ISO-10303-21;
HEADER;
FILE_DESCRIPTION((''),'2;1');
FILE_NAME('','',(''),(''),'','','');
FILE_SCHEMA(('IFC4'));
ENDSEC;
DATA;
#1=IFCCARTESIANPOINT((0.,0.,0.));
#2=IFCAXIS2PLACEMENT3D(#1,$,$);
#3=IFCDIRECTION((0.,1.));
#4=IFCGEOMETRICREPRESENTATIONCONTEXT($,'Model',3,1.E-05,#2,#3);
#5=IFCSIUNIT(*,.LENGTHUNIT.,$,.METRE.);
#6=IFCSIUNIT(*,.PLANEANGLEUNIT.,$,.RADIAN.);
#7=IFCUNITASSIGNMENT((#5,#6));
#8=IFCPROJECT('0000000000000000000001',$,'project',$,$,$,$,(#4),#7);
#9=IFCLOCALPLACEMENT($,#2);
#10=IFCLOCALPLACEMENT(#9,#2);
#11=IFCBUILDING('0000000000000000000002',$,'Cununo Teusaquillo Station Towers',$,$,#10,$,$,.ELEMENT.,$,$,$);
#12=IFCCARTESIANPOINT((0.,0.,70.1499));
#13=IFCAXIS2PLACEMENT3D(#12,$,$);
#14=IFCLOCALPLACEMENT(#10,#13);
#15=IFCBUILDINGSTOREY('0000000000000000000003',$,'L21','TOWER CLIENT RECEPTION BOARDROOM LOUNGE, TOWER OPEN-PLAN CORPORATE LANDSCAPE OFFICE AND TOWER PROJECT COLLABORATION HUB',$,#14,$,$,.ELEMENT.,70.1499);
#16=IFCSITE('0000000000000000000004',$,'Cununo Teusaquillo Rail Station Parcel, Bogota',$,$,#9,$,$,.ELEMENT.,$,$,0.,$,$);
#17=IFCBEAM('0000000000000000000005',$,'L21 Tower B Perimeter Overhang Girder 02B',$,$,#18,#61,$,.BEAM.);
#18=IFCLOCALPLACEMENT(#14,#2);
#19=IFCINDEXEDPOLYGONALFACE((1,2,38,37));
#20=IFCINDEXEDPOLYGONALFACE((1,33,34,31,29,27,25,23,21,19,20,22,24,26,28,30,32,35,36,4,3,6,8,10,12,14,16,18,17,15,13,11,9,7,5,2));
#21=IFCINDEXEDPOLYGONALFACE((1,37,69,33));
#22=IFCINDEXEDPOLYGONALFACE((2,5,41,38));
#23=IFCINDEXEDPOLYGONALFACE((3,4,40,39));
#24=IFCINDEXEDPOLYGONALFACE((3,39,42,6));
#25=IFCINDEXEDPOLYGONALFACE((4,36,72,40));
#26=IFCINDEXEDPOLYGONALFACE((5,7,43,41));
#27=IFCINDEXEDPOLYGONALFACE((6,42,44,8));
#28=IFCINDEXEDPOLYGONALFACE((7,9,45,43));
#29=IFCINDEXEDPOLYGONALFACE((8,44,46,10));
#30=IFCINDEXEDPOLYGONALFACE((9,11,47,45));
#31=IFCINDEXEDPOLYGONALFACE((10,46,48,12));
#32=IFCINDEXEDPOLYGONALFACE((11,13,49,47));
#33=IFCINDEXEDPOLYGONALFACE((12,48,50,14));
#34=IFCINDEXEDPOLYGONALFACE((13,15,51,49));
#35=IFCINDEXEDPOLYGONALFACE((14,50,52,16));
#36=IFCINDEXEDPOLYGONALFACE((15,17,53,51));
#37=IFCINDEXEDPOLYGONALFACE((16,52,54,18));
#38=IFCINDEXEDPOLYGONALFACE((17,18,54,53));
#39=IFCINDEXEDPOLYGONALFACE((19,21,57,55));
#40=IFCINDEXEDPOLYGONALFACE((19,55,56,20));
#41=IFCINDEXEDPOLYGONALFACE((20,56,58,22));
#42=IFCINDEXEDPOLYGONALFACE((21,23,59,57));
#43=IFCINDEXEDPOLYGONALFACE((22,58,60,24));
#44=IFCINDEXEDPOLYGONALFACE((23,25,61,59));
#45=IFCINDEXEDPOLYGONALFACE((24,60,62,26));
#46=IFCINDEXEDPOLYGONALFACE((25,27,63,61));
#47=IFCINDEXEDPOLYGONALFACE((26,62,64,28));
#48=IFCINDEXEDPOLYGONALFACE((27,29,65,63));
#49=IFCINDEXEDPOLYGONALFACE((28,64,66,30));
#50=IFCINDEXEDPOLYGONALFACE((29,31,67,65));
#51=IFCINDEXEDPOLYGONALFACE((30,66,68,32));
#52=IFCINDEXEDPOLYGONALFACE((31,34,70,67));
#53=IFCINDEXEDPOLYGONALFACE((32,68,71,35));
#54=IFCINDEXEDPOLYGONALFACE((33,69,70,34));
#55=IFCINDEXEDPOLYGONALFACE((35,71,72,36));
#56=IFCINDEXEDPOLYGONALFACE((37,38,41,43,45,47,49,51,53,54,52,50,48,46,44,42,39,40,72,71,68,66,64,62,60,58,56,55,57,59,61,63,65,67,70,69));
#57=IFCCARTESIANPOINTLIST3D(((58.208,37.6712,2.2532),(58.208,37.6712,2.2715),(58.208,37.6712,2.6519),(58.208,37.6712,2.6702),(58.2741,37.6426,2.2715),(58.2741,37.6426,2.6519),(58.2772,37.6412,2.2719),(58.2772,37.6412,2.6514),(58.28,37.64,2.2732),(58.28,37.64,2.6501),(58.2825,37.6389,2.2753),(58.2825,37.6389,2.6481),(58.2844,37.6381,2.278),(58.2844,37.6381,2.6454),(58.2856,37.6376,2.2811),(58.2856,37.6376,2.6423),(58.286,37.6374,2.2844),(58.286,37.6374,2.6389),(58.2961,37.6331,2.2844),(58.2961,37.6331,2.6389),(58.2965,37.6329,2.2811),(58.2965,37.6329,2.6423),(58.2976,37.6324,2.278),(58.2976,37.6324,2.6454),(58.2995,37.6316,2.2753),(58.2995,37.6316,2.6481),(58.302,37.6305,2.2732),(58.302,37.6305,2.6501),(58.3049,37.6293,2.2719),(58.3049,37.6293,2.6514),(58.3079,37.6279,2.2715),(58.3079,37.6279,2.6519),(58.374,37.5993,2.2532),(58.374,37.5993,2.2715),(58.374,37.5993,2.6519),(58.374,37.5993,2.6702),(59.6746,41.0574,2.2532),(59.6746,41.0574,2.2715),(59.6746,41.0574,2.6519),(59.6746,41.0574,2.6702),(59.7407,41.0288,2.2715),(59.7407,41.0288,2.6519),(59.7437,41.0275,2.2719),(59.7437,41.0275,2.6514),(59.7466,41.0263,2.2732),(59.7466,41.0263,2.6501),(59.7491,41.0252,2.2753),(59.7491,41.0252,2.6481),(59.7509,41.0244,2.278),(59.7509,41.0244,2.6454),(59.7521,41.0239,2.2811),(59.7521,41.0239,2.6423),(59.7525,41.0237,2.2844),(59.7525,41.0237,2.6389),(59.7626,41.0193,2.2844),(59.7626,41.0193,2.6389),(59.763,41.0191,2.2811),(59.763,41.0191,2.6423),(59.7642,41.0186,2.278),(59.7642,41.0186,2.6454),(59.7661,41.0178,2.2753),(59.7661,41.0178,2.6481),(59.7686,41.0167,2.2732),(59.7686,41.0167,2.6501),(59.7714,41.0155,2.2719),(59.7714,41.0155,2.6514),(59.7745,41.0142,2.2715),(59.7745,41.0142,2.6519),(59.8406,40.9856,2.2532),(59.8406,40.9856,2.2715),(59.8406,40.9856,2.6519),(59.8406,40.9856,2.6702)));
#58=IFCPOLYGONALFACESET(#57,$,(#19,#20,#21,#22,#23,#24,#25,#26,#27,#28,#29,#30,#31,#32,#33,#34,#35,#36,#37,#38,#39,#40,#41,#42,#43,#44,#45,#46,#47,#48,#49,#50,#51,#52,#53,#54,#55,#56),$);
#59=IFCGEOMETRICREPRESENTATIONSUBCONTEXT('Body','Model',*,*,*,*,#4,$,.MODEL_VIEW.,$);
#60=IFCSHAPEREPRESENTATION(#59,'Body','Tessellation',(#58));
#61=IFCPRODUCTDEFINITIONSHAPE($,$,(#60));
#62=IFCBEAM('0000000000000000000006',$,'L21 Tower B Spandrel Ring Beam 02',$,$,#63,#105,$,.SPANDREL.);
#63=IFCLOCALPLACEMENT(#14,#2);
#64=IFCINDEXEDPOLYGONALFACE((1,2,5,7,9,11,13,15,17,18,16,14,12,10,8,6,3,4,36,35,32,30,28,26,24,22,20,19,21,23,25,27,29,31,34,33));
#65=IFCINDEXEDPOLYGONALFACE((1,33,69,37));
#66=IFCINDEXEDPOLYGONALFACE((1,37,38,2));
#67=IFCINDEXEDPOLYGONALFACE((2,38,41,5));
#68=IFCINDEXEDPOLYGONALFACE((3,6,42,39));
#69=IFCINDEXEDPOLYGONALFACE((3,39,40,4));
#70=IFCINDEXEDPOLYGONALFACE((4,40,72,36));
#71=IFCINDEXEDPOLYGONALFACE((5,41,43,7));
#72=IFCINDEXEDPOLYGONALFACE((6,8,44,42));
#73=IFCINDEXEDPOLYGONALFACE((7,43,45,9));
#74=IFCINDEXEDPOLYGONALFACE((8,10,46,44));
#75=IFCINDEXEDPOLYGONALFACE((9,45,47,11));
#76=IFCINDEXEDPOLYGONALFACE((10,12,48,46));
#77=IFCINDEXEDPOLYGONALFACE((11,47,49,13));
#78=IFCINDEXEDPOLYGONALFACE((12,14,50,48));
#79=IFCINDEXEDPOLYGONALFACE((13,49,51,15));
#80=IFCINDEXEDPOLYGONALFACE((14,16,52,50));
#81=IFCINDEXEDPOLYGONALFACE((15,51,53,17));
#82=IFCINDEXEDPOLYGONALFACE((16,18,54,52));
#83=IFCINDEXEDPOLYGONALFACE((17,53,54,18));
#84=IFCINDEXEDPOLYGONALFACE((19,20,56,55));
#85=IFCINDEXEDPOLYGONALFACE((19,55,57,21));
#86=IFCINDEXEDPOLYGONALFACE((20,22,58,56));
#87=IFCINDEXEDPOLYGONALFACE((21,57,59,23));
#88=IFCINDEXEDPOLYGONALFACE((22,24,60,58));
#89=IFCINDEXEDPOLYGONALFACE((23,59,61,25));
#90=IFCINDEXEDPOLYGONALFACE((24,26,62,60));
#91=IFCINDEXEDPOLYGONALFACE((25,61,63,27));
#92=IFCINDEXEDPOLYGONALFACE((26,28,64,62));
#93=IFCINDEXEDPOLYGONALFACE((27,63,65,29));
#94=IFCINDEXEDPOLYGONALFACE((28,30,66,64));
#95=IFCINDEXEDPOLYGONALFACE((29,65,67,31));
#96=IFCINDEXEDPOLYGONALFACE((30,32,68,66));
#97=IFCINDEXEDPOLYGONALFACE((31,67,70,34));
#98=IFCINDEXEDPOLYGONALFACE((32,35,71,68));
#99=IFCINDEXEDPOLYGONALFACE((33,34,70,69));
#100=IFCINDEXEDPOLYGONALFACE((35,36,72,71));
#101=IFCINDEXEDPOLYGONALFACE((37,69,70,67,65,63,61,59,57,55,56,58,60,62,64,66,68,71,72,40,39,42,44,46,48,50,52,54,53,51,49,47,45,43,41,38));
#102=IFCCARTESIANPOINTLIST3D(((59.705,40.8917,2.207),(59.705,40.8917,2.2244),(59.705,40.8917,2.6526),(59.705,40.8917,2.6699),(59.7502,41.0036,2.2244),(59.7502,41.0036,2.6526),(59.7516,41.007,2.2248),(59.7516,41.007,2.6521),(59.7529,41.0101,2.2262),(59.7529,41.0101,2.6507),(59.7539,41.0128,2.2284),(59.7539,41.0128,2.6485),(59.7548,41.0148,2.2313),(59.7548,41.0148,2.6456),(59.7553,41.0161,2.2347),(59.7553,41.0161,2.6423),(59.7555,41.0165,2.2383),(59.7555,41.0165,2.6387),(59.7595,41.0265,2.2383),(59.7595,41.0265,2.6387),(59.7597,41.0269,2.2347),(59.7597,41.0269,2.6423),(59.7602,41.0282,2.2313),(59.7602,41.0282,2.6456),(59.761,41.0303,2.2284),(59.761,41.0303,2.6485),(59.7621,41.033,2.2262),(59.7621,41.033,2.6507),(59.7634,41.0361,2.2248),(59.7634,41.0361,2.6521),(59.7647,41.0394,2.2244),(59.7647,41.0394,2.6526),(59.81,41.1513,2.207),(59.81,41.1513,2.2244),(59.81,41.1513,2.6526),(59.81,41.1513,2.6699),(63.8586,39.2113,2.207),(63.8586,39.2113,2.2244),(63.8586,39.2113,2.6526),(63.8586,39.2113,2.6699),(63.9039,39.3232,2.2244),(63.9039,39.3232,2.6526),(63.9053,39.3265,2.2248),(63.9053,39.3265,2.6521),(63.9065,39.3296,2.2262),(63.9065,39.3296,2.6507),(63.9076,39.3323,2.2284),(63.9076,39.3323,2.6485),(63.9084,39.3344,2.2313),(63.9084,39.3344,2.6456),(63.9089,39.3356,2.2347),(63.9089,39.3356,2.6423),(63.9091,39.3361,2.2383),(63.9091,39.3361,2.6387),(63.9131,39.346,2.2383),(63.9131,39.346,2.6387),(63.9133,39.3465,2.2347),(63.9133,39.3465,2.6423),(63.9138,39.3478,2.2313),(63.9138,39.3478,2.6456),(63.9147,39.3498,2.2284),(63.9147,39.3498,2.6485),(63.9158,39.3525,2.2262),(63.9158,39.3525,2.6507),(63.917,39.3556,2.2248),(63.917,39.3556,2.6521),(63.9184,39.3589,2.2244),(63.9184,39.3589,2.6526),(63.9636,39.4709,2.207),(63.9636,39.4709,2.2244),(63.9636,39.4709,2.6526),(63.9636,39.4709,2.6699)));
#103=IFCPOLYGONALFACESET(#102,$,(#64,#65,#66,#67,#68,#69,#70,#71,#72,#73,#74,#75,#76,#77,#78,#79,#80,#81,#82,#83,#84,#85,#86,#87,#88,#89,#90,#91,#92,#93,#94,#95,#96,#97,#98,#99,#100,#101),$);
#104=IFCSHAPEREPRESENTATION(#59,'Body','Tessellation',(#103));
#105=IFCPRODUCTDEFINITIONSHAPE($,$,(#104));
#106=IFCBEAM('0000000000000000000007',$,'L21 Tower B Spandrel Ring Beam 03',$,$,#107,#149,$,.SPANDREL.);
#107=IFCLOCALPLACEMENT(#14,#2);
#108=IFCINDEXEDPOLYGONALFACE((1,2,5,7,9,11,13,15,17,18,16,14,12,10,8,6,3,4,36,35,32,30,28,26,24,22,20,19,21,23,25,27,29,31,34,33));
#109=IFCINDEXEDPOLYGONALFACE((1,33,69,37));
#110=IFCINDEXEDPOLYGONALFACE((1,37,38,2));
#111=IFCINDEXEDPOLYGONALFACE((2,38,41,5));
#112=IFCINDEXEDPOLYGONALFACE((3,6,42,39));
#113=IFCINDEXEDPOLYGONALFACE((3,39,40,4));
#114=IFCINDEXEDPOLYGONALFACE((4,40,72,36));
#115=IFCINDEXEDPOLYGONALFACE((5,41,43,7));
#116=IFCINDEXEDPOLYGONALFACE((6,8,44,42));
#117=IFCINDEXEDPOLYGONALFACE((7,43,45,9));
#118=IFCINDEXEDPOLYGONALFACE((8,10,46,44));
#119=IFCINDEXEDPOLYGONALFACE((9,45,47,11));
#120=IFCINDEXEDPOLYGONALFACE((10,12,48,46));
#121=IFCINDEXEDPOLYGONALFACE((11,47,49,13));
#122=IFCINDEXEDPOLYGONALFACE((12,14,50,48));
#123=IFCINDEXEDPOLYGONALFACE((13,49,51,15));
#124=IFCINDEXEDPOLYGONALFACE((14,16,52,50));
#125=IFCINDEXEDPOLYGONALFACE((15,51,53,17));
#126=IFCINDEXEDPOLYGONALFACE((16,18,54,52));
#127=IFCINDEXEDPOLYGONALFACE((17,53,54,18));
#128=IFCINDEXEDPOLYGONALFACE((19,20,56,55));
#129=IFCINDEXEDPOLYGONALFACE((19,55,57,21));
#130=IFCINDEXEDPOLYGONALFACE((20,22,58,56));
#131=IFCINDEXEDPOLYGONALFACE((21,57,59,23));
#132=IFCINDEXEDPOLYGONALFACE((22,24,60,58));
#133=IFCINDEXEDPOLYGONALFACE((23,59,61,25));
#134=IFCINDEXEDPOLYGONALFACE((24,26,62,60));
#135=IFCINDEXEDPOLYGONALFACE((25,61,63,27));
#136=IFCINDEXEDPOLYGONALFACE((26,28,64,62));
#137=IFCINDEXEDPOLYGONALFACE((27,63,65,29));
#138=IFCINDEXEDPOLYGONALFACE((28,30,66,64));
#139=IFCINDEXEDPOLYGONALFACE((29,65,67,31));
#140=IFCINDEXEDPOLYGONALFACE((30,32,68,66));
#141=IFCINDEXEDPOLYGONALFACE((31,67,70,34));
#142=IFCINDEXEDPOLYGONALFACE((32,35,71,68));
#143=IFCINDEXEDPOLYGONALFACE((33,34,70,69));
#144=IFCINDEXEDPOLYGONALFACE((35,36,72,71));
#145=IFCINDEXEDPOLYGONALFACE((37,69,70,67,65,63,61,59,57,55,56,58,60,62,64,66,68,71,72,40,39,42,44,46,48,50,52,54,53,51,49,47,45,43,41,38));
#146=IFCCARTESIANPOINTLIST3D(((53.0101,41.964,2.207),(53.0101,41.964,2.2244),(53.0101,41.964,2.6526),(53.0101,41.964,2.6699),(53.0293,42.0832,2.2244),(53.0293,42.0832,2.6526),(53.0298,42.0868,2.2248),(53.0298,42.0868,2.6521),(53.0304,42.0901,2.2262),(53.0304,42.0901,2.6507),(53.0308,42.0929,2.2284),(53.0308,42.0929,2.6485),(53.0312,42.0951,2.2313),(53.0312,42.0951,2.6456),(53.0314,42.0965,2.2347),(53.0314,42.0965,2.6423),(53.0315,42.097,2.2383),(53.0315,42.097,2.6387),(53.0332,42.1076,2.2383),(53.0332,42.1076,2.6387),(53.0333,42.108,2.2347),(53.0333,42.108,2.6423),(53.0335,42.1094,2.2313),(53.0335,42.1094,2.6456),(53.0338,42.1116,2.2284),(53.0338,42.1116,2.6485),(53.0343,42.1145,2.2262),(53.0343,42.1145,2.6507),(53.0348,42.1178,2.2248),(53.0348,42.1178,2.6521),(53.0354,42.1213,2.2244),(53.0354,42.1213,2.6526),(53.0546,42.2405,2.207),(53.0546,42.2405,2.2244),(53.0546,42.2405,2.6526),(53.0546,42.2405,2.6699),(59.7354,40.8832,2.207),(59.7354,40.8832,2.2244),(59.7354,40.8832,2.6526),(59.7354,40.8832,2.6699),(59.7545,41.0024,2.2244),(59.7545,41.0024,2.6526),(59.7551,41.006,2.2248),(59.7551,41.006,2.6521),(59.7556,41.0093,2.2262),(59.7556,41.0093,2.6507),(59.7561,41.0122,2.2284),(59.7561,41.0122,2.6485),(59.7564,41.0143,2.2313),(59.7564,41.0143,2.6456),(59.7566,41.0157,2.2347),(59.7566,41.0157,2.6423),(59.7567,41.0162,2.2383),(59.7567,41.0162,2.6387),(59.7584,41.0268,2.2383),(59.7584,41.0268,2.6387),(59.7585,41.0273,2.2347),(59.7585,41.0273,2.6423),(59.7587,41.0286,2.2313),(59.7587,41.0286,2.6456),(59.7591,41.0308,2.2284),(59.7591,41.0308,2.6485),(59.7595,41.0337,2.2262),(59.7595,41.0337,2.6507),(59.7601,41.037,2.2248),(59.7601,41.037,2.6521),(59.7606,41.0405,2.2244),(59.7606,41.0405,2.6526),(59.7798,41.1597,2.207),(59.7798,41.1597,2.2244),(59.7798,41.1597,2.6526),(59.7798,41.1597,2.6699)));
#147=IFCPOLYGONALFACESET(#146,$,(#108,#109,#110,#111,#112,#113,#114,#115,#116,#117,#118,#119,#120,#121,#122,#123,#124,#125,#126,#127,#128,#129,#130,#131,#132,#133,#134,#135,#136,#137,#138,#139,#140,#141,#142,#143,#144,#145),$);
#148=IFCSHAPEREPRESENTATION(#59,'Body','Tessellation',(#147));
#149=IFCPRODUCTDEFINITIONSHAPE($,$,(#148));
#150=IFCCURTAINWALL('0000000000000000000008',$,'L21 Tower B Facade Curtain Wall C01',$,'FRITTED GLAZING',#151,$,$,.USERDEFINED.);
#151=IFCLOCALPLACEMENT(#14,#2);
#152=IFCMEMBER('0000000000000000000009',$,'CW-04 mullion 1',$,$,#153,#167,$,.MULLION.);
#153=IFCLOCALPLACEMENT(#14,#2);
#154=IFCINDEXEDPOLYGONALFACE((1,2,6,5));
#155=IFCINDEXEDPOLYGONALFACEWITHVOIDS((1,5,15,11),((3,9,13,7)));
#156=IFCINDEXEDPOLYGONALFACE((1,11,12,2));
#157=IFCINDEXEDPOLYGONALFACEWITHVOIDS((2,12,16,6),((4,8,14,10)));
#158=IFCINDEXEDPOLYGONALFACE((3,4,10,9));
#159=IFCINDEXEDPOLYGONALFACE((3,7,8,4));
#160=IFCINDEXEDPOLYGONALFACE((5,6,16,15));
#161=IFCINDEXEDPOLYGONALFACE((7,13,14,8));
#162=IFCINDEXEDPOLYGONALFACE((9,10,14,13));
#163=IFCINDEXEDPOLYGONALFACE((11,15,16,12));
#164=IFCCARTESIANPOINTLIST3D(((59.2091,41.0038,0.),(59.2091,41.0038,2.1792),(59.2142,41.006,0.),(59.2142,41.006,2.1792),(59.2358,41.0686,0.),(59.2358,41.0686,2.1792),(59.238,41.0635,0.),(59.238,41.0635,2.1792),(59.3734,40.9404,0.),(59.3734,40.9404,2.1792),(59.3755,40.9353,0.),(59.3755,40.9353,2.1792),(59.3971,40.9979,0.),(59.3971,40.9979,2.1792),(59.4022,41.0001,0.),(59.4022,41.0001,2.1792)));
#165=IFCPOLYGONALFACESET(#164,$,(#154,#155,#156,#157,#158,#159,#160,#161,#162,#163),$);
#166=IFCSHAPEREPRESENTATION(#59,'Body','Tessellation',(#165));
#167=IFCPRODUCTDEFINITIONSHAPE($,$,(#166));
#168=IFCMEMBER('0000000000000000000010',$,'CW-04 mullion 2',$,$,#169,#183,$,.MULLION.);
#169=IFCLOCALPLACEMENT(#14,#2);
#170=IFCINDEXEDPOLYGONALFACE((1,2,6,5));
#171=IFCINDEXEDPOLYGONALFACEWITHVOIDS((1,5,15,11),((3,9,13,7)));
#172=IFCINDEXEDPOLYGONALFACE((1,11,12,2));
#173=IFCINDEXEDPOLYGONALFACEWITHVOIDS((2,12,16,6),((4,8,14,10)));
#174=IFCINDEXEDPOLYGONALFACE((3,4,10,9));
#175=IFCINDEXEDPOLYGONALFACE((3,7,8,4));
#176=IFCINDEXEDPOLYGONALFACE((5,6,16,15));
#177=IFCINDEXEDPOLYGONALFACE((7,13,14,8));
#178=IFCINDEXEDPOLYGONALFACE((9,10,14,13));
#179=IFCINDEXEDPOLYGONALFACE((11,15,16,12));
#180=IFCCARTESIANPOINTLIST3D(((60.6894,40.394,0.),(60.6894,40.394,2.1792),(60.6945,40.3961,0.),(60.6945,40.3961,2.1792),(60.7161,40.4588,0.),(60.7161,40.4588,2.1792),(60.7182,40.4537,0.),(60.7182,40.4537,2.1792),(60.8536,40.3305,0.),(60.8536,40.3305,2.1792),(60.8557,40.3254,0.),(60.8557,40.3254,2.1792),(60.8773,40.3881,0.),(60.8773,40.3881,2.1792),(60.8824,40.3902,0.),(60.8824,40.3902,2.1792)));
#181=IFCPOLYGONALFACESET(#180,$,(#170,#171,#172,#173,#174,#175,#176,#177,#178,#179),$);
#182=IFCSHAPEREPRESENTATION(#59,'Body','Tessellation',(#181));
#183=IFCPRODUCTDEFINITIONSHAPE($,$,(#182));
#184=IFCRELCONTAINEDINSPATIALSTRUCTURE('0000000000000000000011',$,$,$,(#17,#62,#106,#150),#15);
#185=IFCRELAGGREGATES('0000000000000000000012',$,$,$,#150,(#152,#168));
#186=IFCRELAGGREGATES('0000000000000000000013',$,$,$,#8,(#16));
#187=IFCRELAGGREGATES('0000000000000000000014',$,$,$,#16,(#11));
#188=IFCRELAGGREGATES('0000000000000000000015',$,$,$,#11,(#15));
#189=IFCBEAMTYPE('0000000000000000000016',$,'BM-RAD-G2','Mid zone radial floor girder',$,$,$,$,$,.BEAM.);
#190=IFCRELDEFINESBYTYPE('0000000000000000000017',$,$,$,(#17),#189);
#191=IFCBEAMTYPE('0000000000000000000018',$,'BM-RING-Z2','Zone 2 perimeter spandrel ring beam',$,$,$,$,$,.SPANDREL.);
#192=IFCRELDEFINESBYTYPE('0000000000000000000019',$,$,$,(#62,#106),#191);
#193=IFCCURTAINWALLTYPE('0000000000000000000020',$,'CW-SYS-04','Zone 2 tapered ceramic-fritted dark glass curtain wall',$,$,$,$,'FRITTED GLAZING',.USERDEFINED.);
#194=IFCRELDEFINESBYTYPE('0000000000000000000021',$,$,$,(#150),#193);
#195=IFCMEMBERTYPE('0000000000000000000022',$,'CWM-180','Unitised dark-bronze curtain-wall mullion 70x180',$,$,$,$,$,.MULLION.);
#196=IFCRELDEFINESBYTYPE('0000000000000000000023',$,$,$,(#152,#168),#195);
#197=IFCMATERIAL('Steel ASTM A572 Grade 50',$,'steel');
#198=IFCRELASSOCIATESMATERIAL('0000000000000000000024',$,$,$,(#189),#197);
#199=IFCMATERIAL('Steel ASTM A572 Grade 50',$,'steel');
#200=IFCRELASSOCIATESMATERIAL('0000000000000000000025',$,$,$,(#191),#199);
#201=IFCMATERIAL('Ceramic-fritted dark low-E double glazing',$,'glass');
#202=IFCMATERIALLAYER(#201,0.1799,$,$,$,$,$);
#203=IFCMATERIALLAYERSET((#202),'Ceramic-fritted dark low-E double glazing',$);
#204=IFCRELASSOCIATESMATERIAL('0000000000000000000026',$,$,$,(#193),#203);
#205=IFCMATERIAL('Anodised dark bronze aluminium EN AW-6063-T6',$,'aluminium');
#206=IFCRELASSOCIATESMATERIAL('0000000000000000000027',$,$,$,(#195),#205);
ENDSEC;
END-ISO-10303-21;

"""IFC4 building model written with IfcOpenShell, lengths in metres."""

from ifc_helpers import new_model, si_unit, direction, frame, origin, origin_2d, place, context, subcontext, project, spatial, hollow_rectangle, i_section, extrude, material, layer, layer_set, material_profile, profile_set, type_object, element, aggregate, save


model = new_model("IFC4")

# Units and contexts
model_context = context("Model", 3, precision=1e-05, world=origin(), true_north=direction((0.0, 1.0)))
body_context = subcontext(model_context, "Body", "Model", "MODEL_VIEW")
ifc_project = project(units=[si_unit("LENGTHUNIT", "METRE"), si_unit("PLANEANGLEUNIT", "RADIAN")], contexts=[model_context])

# Site, building, storey
site_placement = place(None, origin())
site = spatial("IfcSite", under=ifc_project, at=site_placement, Name="Cununo Teusaquillo Rail Station Parcel, Bogota", CompositionType="ELEMENT", RefElevation=0.0)
building_placement = place(site_placement, origin())
building = spatial("IfcBuilding", under=site, at=building_placement, Name="Cununo Teusaquillo Station Towers", CompositionType="ELEMENT")
storey_placement = place(building_placement, frame((0.0, 0.0, 70.1499)))
storey = spatial("IfcBuildingStorey", under=building, at=storey_placement, Name="L21", Description="TOWER CLIENT RECEPTION BOARDROOM LOUNGE, TOWER OPEN-PLAN CORPORATE LANDSCAPE OFFICE AND TOWER PROJECT COLLABORATION HUB", CompositionType="ELEMENT", Elevation=70.1499)

# Beams
ifc_material_1 = material(Name="Steel ASTM A572 Grade 50", Category="steel")
ifc_material_profile_1 = material_profile(ifc_material_1, i_section(OverallWidth=0.1809, OverallDepth=0.417, WebThickness=0.011, FlangeThickness=0.0183, FilletRadius=0.0129, at=origin_2d()), Name="W16X57")
ifc_profile_set_1 = profile_set([ifc_material_profile_1], Name="Steel ASTM A572 Grade 50")
beam_type_1 = type_object("IfcBeamType", Name="BM-RAD-G2", Description="Mid zone radial floor girder", PredefinedType="BEAM", material=ifc_profile_set_1)
beam_1_placement = place(storey_placement, frame((58.291, 37.6353, 2.4617), z_axis=(0.397422, 0.917636, 0.0), x_axis=(-0.917636, 0.397422, 0.0)))
element("IfcBeam", 1, at=beam_1_placement, inside=storey, type_object=beam_type_1, Name="L21 Tower B Perimeter Overhang Girder 02B", PredefinedType="BEAM", context=body_context, shape_type="SweptSolid", body=[
    extrude(i_section(OverallWidth=0.1809, OverallDepth=0.417, WebThickness=0.011, FlangeThickness=0.0183, FilletRadius=0.0129, at=origin_2d()), origin(), (0.0, 0.0, 1.0), 3.6902),
])
ifc_material_2 = material(Name="Steel ASTM A572 Grade 50", Category="steel")
ifc_material_profile_2 = material_profile(ifc_material_2, i_section(OverallWidth=0.28, OverallDepth=0.4629, WebThickness=0.0107, FlangeThickness=0.0173, FilletRadius=0.0139, at=origin_2d()), Name="W18X76")
ifc_profile_set_2 = profile_set([ifc_material_profile_2], Name="Steel ASTM A572 Grade 50")
beam_type_2 = type_object("IfcBeamType", Name="BM-RING-Z2", Description="Zone 2 perimeter spandrel ring beam", PredefinedType="SPANDREL", material=ifc_profile_set_2)
beam_2_placement = place(storey_placement, frame((63.9111, 39.3411, 2.4385), z_axis=(-0.927008, 0.375042, 0.0), x_axis=(-0.375042, -0.927008, 0.0)))
element("IfcBeam", 2, at=beam_2_placement, inside=storey, type_object=beam_type_2, Name="L21 Tower B Spandrel Ring Beam 02", PredefinedType="SPANDREL", context=body_context, shape_type="SweptSolid", body=[
    extrude(i_section(OverallWidth=0.28, OverallDepth=0.4629, WebThickness=0.0107, FlangeThickness=0.0173, FilletRadius=0.0139, at=origin_2d()), origin(), (0.0, 0.0, 1.0), 4.4807),
])
beam_3_placement = place(storey_placement, frame((59.7576, 41.0215, 2.4385), z_axis=(-0.987331, 0.158671, 0.0), x_axis=(-0.158671, -0.987331, 0.0)))
element("IfcBeam", 3, at=beam_3_placement, inside=storey, type_object=beam_type_2, Name="L21 Tower B Spandrel Ring Beam 03", PredefinedType="SPANDREL", context=body_context, shape_type="SweptSolid", body=[
    extrude(i_section(OverallWidth=0.28, OverallDepth=0.4629, WebThickness=0.0107, FlangeThickness=0.0173, FilletRadius=0.0139, at=origin_2d()), origin(), (0.0, 0.0, 1.0), 6.8115),
])

# Curtain wall, members
ifc_material_3 = material(Name="Ceramic-fritted dark low-E double glazing", Category="glass")
ifc_layer_1 = layer(ifc_material_3, 0.1799)
ifc_layer_set_1 = layer_set([ifc_layer_1], Name="Ceramic-fritted dark low-E double glazing")
curtain_wall_type = type_object("IfcCurtainWallType", Name="CW-SYS-04", Description="Zone 2 tapered ceramic-fritted dark glass curtain wall", ElementType="FRITTED GLAZING", PredefinedType="USERDEFINED", material=ifc_layer_set_1)
curtain_wall_placement = place(storey_placement, origin())
curtain_wall = element("IfcCurtainWall", 4, at=curtain_wall_placement, inside=storey, type_object=curtain_wall_type, Name="L21 Tower B Facade Curtain Wall C01", ObjectType="FRITTED GLAZING", PredefinedType="USERDEFINED")
ifc_material_4 = material(Name="Anodised dark bronze aluminium EN AW-6063-T6", Category="aluminium")
ifc_material_profile_3 = material_profile(ifc_material_4, hollow_rectangle(XDim=0.0701, YDim=0.1799, WallThickness=0.0039, at=origin_2d()), Name="CW-MULL-70x180")
ifc_profile_set_3 = profile_set([ifc_material_profile_3], Name="Anodised dark bronze aluminium EN AW-6063-T6")
member_type_1 = type_object("IfcMemberType", Name="CWM-180", Description="Unitised dark-bronze curtain-wall mullion 70x180", PredefinedType="MULLION", material=ifc_profile_set_3)
member_1_placement = place(storey_placement, frame((59.3057, 41.002, 0.0), z_axis=(0.0, 0.0, 1.0), x_axis=(0.381031, 0.924562, 0.0)))
member_1 = element("IfcMember", 5, at=member_1_placement, type_object=member_type_1, Name="CW-04 mullion 1", PredefinedType="MULLION", context=body_context, shape_type="SweptSolid", body=[
    extrude(hollow_rectangle(XDim=0.0701, YDim=0.1799, WallThickness=0.0039, at=origin_2d()), origin(), (0.0, 0.0, 1.0), 2.1792),
])
member_2_placement = place(storey_placement, frame((60.7859, 40.3921, 0.0), z_axis=(0.0, 0.0, 1.0), x_axis=(0.381031, 0.924562, 0.0)))
member_2 = element("IfcMember", 6, at=member_2_placement, type_object=member_type_1, Name="CW-04 mullion 2", PredefinedType="MULLION", context=body_context, shape_type="SweptSolid", body=[
    extrude(hollow_rectangle(XDim=0.0701, YDim=0.1799, WallThickness=0.0039, at=origin_2d()), origin(), (0.0, 0.0, 1.0), 2.1792),
])

aggregate(curtain_wall, [member_1, member_2])

save(model, "model.ifc")
